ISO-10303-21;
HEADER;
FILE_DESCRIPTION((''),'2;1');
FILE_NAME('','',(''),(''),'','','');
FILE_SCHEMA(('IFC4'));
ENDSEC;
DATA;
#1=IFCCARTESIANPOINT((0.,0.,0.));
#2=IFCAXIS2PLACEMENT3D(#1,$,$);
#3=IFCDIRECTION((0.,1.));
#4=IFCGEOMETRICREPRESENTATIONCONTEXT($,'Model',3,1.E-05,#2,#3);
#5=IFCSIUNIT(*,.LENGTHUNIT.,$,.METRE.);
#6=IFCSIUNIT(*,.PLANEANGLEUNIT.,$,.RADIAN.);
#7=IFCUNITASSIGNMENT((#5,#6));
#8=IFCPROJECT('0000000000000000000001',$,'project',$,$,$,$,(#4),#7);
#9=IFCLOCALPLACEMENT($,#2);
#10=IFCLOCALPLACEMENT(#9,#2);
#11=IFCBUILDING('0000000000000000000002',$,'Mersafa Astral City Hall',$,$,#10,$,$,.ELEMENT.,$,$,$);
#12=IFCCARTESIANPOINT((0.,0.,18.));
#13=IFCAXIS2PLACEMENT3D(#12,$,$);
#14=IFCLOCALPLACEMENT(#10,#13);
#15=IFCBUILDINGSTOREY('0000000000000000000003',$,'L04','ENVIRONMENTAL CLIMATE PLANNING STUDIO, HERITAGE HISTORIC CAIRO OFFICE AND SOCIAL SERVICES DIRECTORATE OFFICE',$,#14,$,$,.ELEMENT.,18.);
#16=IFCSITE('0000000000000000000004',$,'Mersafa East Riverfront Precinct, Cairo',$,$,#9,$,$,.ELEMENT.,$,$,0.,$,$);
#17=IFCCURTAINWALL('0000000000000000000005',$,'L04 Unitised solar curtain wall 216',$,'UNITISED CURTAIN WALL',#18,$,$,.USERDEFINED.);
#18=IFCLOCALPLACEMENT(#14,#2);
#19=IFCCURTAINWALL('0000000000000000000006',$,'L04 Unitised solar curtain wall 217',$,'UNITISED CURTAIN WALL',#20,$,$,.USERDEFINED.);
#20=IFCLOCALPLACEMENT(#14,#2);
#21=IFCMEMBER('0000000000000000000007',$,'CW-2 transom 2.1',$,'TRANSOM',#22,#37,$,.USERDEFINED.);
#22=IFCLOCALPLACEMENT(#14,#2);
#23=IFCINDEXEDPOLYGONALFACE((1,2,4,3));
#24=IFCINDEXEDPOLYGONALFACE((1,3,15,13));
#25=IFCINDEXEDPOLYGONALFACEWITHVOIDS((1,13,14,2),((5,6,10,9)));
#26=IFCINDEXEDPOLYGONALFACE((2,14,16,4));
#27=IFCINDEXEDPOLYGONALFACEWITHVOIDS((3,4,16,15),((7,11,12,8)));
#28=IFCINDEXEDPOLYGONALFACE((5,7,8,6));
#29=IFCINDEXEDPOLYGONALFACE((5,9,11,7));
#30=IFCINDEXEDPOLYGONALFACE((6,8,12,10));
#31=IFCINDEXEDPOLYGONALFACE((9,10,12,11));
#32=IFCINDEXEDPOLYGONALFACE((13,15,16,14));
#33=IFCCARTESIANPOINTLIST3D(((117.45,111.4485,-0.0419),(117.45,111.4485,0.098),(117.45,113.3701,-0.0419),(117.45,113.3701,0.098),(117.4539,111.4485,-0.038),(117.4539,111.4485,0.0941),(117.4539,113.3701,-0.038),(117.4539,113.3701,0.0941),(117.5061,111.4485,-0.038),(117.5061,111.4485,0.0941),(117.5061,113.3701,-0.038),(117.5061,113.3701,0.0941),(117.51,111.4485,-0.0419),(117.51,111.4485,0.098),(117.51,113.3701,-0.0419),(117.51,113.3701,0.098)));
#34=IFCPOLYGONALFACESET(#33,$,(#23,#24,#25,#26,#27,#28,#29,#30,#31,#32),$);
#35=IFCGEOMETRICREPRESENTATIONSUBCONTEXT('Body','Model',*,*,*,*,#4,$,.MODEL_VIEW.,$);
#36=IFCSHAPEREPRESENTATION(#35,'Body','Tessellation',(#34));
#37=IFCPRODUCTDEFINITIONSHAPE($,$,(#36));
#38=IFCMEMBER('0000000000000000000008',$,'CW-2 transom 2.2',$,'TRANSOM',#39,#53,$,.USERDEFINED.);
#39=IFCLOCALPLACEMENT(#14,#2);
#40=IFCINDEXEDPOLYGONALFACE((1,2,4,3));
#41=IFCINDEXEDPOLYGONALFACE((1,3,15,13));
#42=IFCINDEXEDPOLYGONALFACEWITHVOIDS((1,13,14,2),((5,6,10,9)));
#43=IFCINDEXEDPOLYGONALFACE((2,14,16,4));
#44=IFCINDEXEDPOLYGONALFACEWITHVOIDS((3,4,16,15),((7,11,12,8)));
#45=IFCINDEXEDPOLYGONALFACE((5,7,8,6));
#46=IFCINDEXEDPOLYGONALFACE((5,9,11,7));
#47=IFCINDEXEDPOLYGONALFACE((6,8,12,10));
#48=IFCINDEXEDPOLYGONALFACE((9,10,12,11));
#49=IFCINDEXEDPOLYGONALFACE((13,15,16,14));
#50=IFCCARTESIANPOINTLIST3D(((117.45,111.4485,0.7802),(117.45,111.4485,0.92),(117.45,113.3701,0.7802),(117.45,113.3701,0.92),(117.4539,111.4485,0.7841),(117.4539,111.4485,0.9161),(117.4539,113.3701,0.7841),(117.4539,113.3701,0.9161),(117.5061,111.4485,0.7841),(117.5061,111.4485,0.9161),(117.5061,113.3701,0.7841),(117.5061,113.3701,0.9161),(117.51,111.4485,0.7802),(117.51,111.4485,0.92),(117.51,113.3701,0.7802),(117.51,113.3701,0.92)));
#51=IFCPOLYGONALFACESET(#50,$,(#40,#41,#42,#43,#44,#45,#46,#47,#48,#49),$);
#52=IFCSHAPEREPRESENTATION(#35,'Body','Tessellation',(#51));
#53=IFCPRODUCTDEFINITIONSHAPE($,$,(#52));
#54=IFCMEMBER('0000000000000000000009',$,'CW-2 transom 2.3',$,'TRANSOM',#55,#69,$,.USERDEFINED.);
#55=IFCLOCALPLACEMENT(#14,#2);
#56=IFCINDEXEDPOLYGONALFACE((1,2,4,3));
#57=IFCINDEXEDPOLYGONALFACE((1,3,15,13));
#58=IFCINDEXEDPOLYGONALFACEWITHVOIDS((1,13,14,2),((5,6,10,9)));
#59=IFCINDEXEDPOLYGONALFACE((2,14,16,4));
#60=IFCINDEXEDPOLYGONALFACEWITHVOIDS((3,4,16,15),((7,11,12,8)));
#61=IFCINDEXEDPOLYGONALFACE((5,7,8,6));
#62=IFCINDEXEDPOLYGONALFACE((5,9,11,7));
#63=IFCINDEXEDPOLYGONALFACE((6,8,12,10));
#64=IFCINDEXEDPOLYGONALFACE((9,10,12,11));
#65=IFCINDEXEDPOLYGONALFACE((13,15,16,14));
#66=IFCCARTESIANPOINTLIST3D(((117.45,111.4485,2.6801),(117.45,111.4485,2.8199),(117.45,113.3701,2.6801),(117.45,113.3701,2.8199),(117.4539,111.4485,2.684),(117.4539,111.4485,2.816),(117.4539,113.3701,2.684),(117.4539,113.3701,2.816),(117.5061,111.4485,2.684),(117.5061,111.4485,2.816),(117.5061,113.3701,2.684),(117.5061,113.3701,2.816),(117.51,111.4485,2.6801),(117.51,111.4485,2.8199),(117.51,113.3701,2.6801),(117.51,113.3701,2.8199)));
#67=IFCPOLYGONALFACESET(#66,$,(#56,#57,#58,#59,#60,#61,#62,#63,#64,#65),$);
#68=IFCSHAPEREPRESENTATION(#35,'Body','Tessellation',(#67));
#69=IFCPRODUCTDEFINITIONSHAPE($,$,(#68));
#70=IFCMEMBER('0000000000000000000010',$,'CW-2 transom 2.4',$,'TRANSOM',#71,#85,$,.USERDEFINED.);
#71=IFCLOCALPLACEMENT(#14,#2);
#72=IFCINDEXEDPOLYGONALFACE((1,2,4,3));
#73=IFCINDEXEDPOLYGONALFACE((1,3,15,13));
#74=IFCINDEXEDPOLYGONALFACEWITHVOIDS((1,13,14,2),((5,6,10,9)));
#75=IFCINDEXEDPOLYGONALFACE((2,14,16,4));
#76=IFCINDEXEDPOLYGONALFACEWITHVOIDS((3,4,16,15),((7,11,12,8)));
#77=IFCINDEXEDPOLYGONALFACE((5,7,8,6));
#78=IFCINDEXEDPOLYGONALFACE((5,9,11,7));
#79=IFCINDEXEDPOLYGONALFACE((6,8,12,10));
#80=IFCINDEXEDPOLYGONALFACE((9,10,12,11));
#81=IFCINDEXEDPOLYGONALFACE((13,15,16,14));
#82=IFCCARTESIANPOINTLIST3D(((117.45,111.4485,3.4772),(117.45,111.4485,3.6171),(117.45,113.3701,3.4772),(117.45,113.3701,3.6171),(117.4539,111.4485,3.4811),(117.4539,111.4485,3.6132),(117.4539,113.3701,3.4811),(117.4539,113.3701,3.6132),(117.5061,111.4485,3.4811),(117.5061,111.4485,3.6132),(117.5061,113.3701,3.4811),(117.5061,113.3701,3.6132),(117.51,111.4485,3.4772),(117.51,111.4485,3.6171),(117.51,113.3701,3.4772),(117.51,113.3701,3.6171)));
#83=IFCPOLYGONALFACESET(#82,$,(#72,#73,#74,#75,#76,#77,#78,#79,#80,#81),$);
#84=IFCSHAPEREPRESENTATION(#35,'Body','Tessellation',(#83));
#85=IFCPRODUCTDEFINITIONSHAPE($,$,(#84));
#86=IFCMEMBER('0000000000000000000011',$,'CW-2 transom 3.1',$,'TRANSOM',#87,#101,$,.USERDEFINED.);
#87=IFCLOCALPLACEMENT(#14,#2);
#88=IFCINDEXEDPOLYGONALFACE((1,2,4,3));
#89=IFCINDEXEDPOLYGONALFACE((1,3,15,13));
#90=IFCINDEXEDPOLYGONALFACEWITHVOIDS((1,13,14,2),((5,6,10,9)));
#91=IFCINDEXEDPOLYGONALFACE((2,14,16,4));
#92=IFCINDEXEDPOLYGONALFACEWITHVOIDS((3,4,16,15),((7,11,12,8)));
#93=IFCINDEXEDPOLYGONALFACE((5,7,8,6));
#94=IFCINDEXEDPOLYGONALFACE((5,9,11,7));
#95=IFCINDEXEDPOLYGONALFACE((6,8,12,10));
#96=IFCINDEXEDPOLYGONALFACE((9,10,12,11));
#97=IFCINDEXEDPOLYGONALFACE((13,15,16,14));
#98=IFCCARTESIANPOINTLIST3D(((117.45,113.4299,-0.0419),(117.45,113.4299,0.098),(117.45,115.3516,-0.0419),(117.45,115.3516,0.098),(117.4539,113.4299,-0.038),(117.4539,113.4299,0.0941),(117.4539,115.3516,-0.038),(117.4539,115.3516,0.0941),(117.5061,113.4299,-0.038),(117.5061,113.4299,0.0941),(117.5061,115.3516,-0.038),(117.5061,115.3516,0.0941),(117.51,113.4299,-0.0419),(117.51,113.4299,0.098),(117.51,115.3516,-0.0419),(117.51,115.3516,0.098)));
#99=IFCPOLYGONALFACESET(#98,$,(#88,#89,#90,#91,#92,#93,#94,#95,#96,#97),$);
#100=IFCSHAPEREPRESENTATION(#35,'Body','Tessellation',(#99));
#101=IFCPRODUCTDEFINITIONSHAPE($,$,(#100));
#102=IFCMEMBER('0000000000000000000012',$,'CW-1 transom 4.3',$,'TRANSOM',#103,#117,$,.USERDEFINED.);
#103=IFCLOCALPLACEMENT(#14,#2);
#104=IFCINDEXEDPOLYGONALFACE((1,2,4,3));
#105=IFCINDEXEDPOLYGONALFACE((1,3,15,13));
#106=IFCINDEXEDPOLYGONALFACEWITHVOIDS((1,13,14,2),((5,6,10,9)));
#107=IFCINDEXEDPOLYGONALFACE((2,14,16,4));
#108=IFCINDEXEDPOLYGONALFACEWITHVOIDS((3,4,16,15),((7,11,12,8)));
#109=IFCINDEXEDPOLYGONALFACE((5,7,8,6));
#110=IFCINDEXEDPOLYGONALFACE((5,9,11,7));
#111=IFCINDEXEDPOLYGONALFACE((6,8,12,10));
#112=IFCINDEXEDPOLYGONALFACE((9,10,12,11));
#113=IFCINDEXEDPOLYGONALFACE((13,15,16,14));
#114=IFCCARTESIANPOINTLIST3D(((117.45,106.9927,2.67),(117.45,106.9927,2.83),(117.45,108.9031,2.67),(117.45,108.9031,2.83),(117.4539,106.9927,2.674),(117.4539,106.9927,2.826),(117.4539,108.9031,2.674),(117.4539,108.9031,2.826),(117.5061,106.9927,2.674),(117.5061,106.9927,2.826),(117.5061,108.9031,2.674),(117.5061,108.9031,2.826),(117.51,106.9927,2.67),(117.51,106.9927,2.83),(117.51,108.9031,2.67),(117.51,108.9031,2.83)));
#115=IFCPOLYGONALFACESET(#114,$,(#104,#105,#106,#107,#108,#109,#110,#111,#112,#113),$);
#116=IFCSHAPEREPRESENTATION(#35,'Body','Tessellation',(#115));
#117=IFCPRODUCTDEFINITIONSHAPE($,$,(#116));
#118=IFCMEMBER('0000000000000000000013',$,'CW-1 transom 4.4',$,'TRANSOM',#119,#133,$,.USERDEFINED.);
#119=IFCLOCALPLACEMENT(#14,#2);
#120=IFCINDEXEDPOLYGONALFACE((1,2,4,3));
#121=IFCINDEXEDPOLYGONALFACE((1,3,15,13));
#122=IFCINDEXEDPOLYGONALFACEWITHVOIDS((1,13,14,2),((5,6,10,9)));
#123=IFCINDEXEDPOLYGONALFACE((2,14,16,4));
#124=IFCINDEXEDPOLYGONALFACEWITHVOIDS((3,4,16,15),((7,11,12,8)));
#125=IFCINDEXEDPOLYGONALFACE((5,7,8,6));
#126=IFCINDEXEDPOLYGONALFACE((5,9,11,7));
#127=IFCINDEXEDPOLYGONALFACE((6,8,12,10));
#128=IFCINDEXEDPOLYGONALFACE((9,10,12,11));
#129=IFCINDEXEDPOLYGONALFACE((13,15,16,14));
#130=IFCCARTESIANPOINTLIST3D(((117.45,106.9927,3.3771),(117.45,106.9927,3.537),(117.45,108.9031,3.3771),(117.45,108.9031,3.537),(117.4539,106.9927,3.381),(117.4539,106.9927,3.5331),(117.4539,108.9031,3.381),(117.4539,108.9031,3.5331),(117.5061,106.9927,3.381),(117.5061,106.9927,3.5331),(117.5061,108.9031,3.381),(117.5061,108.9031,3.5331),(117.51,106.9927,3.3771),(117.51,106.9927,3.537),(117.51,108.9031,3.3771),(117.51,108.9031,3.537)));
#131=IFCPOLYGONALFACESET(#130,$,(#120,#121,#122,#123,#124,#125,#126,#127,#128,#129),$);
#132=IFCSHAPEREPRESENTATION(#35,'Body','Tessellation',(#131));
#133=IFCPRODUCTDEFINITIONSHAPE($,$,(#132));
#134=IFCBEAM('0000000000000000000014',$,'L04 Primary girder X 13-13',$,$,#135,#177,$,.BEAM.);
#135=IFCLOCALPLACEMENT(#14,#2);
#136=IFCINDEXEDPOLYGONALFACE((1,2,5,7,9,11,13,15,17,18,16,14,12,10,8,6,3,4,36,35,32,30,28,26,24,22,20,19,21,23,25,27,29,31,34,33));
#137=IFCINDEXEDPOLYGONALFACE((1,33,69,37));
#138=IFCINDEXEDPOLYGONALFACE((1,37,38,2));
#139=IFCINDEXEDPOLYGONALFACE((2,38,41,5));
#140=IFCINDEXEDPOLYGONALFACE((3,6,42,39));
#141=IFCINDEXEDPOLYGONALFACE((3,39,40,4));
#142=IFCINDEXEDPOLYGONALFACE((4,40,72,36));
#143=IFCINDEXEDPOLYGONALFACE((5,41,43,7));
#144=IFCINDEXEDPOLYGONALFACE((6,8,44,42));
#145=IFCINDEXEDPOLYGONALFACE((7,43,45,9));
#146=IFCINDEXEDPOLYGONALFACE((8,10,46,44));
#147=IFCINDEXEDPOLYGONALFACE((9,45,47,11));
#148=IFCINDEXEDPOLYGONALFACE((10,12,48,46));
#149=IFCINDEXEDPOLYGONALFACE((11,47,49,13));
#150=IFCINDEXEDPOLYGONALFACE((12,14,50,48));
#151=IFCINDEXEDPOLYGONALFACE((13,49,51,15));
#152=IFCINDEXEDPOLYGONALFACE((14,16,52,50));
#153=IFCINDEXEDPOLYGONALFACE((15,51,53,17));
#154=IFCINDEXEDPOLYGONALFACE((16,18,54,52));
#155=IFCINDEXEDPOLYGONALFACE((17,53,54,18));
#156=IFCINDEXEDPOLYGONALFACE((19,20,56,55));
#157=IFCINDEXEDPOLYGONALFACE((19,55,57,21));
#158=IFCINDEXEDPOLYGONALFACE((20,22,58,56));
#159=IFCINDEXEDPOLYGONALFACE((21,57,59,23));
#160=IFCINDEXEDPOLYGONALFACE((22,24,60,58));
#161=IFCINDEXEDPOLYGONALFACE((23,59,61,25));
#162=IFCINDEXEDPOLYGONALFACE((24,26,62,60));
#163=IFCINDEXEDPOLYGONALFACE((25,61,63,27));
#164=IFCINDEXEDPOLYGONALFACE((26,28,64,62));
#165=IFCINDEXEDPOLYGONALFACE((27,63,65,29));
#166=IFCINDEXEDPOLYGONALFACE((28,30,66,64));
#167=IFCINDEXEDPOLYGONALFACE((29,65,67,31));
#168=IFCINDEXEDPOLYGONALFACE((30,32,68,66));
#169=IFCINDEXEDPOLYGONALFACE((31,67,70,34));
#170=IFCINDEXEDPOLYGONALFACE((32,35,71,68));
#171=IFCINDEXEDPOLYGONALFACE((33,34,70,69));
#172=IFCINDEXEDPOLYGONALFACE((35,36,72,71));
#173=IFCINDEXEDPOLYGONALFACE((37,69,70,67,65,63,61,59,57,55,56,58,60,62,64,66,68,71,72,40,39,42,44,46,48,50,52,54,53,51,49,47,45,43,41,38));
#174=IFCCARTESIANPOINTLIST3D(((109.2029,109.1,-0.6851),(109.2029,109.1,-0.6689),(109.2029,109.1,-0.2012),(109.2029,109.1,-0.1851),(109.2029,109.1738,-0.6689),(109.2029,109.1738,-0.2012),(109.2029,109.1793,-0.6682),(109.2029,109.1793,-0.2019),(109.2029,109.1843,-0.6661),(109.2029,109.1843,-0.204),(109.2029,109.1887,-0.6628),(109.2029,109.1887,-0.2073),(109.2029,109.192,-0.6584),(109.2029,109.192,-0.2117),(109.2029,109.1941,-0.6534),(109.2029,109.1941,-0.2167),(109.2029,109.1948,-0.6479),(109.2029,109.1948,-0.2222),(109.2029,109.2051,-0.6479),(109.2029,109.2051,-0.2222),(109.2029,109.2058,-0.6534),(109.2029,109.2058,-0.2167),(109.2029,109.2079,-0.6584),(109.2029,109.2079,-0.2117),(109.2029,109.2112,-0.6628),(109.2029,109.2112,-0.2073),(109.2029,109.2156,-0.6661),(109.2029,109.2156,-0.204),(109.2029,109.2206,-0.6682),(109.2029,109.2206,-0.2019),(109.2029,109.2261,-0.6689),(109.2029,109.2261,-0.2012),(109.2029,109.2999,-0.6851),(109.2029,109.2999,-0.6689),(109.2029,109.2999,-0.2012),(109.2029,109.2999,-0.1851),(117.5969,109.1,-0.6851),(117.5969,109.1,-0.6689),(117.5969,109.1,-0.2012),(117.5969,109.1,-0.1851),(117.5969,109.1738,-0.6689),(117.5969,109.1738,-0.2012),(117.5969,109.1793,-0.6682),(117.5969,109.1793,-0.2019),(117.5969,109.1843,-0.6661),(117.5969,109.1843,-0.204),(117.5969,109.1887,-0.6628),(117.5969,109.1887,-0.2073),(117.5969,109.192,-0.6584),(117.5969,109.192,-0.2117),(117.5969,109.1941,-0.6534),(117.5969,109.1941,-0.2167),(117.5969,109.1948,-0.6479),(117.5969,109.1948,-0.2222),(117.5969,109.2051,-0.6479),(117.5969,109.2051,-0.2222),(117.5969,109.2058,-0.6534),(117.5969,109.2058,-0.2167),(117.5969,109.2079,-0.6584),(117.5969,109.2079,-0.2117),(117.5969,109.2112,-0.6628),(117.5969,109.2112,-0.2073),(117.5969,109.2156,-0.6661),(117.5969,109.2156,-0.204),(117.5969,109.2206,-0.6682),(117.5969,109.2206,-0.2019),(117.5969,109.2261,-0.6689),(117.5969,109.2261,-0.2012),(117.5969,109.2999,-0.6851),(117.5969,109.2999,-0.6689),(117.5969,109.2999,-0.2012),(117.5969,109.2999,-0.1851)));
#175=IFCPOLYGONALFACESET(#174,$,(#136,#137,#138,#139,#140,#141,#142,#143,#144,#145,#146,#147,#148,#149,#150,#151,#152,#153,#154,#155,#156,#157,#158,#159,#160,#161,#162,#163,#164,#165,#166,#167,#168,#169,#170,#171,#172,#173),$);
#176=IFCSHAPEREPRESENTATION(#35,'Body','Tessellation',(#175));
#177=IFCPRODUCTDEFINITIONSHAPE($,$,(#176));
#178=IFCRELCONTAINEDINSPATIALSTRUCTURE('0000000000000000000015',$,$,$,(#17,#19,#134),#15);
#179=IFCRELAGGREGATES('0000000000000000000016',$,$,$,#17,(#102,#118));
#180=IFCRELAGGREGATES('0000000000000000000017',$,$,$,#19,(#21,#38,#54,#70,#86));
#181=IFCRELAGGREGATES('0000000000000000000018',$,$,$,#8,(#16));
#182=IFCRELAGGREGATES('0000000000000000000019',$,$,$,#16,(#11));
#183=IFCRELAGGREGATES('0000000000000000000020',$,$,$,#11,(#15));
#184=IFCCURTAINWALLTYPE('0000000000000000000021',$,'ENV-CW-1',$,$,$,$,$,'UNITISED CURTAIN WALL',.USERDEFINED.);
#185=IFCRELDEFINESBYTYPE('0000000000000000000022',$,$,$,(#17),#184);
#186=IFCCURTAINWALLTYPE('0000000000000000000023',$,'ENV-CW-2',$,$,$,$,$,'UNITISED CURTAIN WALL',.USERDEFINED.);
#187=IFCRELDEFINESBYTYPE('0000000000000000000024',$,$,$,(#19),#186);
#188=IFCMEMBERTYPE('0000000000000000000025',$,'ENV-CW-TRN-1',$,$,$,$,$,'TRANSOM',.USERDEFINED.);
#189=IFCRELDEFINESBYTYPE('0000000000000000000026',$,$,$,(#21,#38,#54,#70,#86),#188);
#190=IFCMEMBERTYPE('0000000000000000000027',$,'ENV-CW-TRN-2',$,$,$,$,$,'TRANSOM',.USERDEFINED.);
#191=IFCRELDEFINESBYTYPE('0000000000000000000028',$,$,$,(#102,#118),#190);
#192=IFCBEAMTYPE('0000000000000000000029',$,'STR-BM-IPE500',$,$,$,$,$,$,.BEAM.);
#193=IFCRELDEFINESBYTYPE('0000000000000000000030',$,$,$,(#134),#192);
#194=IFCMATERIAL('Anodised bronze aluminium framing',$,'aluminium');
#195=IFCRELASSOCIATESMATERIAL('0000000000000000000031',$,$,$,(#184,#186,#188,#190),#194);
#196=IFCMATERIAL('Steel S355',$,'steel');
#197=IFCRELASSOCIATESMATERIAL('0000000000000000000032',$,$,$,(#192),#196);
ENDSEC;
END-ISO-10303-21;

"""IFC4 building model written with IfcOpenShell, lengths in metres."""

from ifc_helpers import new_model, si_unit, direction, frame, origin, origin_2d, place, context, subcontext, project, spatial, hollow_rectangle, i_section, extrude, material, material_profile, profile_set, type_object, element, aggregate, save


model = new_model("IFC4")

# Units and contexts
model_context = context("Model", 3, precision=1e-05, world=origin(), true_north=direction((0.0, 1.0)))
body_context = subcontext(model_context, "Body", "Model", "MODEL_VIEW")
ifc_project = project(units=[si_unit("LENGTHUNIT", "METRE"), si_unit("PLANEANGLEUNIT", "RADIAN")], contexts=[model_context])

# Site, building, storey
site_placement = place(None, origin())
site = spatial("IfcSite", under=ifc_project, at=site_placement, Name="Mersafa East Riverfront Precinct, Cairo", CompositionType="ELEMENT", RefElevation=0.0)
building_placement = place(site_placement, origin())
building = spatial("IfcBuilding", under=site, at=building_placement, Name="Mersafa Astral City Hall", CompositionType="ELEMENT")
storey_placement = place(building_placement, frame((0.0, 0.0, 18.0)))
storey = spatial("IfcBuildingStorey", under=building, at=storey_placement, Name="L04", Description="ENVIRONMENTAL CLIMATE PLANNING STUDIO, HERITAGE HISTORIC CAIRO OFFICE AND SOCIAL SERVICES DIRECTORATE OFFICE", CompositionType="ELEMENT", Elevation=18.0)

# Shared definitions
ifc_material_1 = material(Name="Steel S355", Category="steel")

# Curtain wall
ifc_material_2 = material(Name="Anodised bronze aluminium framing", Category="aluminium")
curtain_wall_type_1 = type_object("IfcCurtainWallType", Name="ENV-CW-1", ElementType="UNITISED CURTAIN WALL", PredefinedType="USERDEFINED", material=ifc_material_2)
curtain_wall_1_placement = place(storey_placement, origin())
curtain_wall_1 = element("IfcCurtainWall", 1, at=curtain_wall_1_placement, inside=storey, type_object=curtain_wall_type_1, Name="L04 Unitised solar curtain wall 216", ObjectType="UNITISED CURTAIN WALL", PredefinedType="USERDEFINED")

# Curtain wall, members
curtain_wall_type_2 = type_object("IfcCurtainWallType", Name="ENV-CW-2", ElementType="UNITISED CURTAIN WALL", PredefinedType="USERDEFINED", material=ifc_material_2)
curtain_wall_2_placement = place(storey_placement, origin())
curtain_wall_2 = element("IfcCurtainWall", 2, at=curtain_wall_2_placement, inside=storey, type_object=curtain_wall_type_2, Name="L04 Unitised solar curtain wall 217", ObjectType="UNITISED CURTAIN WALL", PredefinedType="USERDEFINED")
ifc_material_profile_1 = material_profile(ifc_material_2, hollow_rectangle(XDim=0.0601, YDim=0.1399, WallThickness=0.0039, at=origin_2d()), Name="RHS 60x140x4")
ifc_profile_set_1 = profile_set([ifc_material_profile_1], Name="Anodised bronze aluminium framing")
member_type_1 = type_object("IfcMemberType", Name="ENV-CW-TRN-1", ElementType="TRANSOM", PredefinedType="USERDEFINED", material=ifc_profile_set_1)
member_1_placement = place(storey_placement, frame((117.48, 111.4485, 0.0281), z_axis=(0.0, 1.0, 0.0), x_axis=(-1.0, 0.0, 0.0)))
member_1 = element("IfcMember", 3, at=member_1_placement, type_object=member_type_1, Name="CW-2 transom 2.1", ObjectType="TRANSOM", PredefinedType="USERDEFINED", context=body_context, shape_type="SweptSolid", body=[
    extrude(hollow_rectangle(XDim=0.0601, YDim=0.1399, WallThickness=0.0039, at=origin_2d()), origin(), (0.0, 0.0, 1.0), 1.9216),
])
member_2_placement = place(storey_placement, frame((117.48, 111.4485, 0.8501), z_axis=(0.0, 1.0, 0.0), x_axis=(-1.0, 0.0, 0.0)))
member_2 = element("IfcMember", 4, at=member_2_placement, type_object=member_type_1, Name="CW-2 transom 2.2", ObjectType="TRANSOM", PredefinedType="USERDEFINED", context=body_context, shape_type="SweptSolid", body=[
    extrude(hollow_rectangle(XDim=0.0601, YDim=0.1399, WallThickness=0.0039, at=origin_2d()), origin(), (0.0, 0.0, 1.0), 1.9216),
])
member_3_placement = place(storey_placement, frame((117.48, 111.4485, 2.75), z_axis=(0.0, 1.0, 0.0), x_axis=(-1.0, 0.0, 0.0)))
member_3 = element("IfcMember", 5, at=member_3_placement, type_object=member_type_1, Name="CW-2 transom 2.3", ObjectType="TRANSOM", PredefinedType="USERDEFINED", context=body_context, shape_type="SweptSolid", body=[
    extrude(hollow_rectangle(XDim=0.0601, YDim=0.1399, WallThickness=0.0039, at=origin_2d()), origin(), (0.0, 0.0, 1.0), 1.9216),
])
member_4_placement = place(storey_placement, frame((117.48, 111.4485, 3.5471), z_axis=(0.0, 1.0, 0.0), x_axis=(-1.0, 0.0, 0.0)))
member_4 = element("IfcMember", 6, at=member_4_placement, type_object=member_type_1, Name="CW-2 transom 2.4", ObjectType="TRANSOM", PredefinedType="USERDEFINED", context=body_context, shape_type="SweptSolid", body=[
    extrude(hollow_rectangle(XDim=0.0601, YDim=0.1399, WallThickness=0.0039, at=origin_2d()), origin(), (0.0, 0.0, 1.0), 1.9216),
])
member_5_placement = place(storey_placement, frame((117.48, 113.4299, 0.0281), z_axis=(0.0, 1.0, 0.0), x_axis=(-1.0, 0.0, 0.0)))
member_5 = element("IfcMember", 7, at=member_5_placement, type_object=member_type_1, Name="CW-2 transom 3.1", ObjectType="TRANSOM", PredefinedType="USERDEFINED", context=body_context, shape_type="SweptSolid", body=[
    extrude(hollow_rectangle(XDim=0.0601, YDim=0.1399, WallThickness=0.0039, at=origin_2d()), origin(), (0.0, 0.0, 1.0), 1.9216),
])

# Members
ifc_material_profile_2 = material_profile(ifc_material_2, hollow_rectangle(XDim=0.0601, YDim=0.1599, WallThickness=0.0039, at=origin_2d()), Name="RHS 60x160x4")
ifc_profile_set_2 = profile_set([ifc_material_profile_2], Name="Anodised bronze aluminium framing")
member_type_2 = type_object("IfcMemberType", Name="ENV-CW-TRN-2", ElementType="TRANSOM", PredefinedType="USERDEFINED", material=ifc_profile_set_2)
member_6_placement = place(storey_placement, frame((117.48, 106.9927, 2.75), z_axis=(0.0, 1.0, 0.0), x_axis=(-1.0, 0.0, 0.0)))
member_6 = element("IfcMember", 8, at=member_6_placement, type_object=member_type_2, Name="CW-1 transom 4.3", ObjectType="TRANSOM", PredefinedType="USERDEFINED", context=body_context, shape_type="SweptSolid", body=[
    extrude(hollow_rectangle(XDim=0.0601, YDim=0.1599, WallThickness=0.0039, at=origin_2d()), origin(), (0.0, 0.0, 1.0), 1.9104),
])
member_7_placement = place(storey_placement, frame((117.48, 106.9927, 3.457), z_axis=(0.0, 1.0, 0.0), x_axis=(-1.0, 0.0, 0.0)))
member_7 = element("IfcMember", 9, at=member_7_placement, type_object=member_type_2, Name="CW-1 transom 4.4", ObjectType="TRANSOM", PredefinedType="USERDEFINED", context=body_context, shape_type="SweptSolid", body=[
    extrude(hollow_rectangle(XDim=0.0601, YDim=0.1599, WallThickness=0.0039, at=origin_2d()), origin(), (0.0, 0.0, 1.0), 1.9104),
])

# Beam
ifc_material_profile_3 = material_profile(ifc_material_1, i_section(OverallWidth=0.2, OverallDepth=0.5, WebThickness=0.0103, FlangeThickness=0.0161, FilletRadius=0.021, at=origin_2d()), Name="IPE 500")
ifc_profile_set_3 = profile_set([ifc_material_profile_3], Name="Steel S355")
beam_type_1 = type_object("IfcBeamType", Name="STR-BM-IPE500", PredefinedType="BEAM", material=ifc_profile_set_3)
beam_1_placement = place(storey_placement, frame((109.2029, 109.2, -0.4351), z_axis=(1.0, 0.0, 0.0), x_axis=(0.0, 1.0, 0.0)))
element("IfcBeam", 10, at=beam_1_placement, inside=storey, type_object=beam_type_1, Name="L04 Primary girder X 13-13", PredefinedType="BEAM", context=body_context, shape_type="SweptSolid", body=[
    extrude(i_section(OverallWidth=0.2, OverallDepth=0.5, WebThickness=0.0103, FlangeThickness=0.0161, FilletRadius=0.021, at=origin_2d()), origin(), (0.0, 0.0, 1.0), 8.394),
])

aggregate(curtain_wall_1, [member_6, member_7])
aggregate(curtain_wall_2, [member_1, member_2, member_3, member_4, member_5])

save(model, "model.ifc")
